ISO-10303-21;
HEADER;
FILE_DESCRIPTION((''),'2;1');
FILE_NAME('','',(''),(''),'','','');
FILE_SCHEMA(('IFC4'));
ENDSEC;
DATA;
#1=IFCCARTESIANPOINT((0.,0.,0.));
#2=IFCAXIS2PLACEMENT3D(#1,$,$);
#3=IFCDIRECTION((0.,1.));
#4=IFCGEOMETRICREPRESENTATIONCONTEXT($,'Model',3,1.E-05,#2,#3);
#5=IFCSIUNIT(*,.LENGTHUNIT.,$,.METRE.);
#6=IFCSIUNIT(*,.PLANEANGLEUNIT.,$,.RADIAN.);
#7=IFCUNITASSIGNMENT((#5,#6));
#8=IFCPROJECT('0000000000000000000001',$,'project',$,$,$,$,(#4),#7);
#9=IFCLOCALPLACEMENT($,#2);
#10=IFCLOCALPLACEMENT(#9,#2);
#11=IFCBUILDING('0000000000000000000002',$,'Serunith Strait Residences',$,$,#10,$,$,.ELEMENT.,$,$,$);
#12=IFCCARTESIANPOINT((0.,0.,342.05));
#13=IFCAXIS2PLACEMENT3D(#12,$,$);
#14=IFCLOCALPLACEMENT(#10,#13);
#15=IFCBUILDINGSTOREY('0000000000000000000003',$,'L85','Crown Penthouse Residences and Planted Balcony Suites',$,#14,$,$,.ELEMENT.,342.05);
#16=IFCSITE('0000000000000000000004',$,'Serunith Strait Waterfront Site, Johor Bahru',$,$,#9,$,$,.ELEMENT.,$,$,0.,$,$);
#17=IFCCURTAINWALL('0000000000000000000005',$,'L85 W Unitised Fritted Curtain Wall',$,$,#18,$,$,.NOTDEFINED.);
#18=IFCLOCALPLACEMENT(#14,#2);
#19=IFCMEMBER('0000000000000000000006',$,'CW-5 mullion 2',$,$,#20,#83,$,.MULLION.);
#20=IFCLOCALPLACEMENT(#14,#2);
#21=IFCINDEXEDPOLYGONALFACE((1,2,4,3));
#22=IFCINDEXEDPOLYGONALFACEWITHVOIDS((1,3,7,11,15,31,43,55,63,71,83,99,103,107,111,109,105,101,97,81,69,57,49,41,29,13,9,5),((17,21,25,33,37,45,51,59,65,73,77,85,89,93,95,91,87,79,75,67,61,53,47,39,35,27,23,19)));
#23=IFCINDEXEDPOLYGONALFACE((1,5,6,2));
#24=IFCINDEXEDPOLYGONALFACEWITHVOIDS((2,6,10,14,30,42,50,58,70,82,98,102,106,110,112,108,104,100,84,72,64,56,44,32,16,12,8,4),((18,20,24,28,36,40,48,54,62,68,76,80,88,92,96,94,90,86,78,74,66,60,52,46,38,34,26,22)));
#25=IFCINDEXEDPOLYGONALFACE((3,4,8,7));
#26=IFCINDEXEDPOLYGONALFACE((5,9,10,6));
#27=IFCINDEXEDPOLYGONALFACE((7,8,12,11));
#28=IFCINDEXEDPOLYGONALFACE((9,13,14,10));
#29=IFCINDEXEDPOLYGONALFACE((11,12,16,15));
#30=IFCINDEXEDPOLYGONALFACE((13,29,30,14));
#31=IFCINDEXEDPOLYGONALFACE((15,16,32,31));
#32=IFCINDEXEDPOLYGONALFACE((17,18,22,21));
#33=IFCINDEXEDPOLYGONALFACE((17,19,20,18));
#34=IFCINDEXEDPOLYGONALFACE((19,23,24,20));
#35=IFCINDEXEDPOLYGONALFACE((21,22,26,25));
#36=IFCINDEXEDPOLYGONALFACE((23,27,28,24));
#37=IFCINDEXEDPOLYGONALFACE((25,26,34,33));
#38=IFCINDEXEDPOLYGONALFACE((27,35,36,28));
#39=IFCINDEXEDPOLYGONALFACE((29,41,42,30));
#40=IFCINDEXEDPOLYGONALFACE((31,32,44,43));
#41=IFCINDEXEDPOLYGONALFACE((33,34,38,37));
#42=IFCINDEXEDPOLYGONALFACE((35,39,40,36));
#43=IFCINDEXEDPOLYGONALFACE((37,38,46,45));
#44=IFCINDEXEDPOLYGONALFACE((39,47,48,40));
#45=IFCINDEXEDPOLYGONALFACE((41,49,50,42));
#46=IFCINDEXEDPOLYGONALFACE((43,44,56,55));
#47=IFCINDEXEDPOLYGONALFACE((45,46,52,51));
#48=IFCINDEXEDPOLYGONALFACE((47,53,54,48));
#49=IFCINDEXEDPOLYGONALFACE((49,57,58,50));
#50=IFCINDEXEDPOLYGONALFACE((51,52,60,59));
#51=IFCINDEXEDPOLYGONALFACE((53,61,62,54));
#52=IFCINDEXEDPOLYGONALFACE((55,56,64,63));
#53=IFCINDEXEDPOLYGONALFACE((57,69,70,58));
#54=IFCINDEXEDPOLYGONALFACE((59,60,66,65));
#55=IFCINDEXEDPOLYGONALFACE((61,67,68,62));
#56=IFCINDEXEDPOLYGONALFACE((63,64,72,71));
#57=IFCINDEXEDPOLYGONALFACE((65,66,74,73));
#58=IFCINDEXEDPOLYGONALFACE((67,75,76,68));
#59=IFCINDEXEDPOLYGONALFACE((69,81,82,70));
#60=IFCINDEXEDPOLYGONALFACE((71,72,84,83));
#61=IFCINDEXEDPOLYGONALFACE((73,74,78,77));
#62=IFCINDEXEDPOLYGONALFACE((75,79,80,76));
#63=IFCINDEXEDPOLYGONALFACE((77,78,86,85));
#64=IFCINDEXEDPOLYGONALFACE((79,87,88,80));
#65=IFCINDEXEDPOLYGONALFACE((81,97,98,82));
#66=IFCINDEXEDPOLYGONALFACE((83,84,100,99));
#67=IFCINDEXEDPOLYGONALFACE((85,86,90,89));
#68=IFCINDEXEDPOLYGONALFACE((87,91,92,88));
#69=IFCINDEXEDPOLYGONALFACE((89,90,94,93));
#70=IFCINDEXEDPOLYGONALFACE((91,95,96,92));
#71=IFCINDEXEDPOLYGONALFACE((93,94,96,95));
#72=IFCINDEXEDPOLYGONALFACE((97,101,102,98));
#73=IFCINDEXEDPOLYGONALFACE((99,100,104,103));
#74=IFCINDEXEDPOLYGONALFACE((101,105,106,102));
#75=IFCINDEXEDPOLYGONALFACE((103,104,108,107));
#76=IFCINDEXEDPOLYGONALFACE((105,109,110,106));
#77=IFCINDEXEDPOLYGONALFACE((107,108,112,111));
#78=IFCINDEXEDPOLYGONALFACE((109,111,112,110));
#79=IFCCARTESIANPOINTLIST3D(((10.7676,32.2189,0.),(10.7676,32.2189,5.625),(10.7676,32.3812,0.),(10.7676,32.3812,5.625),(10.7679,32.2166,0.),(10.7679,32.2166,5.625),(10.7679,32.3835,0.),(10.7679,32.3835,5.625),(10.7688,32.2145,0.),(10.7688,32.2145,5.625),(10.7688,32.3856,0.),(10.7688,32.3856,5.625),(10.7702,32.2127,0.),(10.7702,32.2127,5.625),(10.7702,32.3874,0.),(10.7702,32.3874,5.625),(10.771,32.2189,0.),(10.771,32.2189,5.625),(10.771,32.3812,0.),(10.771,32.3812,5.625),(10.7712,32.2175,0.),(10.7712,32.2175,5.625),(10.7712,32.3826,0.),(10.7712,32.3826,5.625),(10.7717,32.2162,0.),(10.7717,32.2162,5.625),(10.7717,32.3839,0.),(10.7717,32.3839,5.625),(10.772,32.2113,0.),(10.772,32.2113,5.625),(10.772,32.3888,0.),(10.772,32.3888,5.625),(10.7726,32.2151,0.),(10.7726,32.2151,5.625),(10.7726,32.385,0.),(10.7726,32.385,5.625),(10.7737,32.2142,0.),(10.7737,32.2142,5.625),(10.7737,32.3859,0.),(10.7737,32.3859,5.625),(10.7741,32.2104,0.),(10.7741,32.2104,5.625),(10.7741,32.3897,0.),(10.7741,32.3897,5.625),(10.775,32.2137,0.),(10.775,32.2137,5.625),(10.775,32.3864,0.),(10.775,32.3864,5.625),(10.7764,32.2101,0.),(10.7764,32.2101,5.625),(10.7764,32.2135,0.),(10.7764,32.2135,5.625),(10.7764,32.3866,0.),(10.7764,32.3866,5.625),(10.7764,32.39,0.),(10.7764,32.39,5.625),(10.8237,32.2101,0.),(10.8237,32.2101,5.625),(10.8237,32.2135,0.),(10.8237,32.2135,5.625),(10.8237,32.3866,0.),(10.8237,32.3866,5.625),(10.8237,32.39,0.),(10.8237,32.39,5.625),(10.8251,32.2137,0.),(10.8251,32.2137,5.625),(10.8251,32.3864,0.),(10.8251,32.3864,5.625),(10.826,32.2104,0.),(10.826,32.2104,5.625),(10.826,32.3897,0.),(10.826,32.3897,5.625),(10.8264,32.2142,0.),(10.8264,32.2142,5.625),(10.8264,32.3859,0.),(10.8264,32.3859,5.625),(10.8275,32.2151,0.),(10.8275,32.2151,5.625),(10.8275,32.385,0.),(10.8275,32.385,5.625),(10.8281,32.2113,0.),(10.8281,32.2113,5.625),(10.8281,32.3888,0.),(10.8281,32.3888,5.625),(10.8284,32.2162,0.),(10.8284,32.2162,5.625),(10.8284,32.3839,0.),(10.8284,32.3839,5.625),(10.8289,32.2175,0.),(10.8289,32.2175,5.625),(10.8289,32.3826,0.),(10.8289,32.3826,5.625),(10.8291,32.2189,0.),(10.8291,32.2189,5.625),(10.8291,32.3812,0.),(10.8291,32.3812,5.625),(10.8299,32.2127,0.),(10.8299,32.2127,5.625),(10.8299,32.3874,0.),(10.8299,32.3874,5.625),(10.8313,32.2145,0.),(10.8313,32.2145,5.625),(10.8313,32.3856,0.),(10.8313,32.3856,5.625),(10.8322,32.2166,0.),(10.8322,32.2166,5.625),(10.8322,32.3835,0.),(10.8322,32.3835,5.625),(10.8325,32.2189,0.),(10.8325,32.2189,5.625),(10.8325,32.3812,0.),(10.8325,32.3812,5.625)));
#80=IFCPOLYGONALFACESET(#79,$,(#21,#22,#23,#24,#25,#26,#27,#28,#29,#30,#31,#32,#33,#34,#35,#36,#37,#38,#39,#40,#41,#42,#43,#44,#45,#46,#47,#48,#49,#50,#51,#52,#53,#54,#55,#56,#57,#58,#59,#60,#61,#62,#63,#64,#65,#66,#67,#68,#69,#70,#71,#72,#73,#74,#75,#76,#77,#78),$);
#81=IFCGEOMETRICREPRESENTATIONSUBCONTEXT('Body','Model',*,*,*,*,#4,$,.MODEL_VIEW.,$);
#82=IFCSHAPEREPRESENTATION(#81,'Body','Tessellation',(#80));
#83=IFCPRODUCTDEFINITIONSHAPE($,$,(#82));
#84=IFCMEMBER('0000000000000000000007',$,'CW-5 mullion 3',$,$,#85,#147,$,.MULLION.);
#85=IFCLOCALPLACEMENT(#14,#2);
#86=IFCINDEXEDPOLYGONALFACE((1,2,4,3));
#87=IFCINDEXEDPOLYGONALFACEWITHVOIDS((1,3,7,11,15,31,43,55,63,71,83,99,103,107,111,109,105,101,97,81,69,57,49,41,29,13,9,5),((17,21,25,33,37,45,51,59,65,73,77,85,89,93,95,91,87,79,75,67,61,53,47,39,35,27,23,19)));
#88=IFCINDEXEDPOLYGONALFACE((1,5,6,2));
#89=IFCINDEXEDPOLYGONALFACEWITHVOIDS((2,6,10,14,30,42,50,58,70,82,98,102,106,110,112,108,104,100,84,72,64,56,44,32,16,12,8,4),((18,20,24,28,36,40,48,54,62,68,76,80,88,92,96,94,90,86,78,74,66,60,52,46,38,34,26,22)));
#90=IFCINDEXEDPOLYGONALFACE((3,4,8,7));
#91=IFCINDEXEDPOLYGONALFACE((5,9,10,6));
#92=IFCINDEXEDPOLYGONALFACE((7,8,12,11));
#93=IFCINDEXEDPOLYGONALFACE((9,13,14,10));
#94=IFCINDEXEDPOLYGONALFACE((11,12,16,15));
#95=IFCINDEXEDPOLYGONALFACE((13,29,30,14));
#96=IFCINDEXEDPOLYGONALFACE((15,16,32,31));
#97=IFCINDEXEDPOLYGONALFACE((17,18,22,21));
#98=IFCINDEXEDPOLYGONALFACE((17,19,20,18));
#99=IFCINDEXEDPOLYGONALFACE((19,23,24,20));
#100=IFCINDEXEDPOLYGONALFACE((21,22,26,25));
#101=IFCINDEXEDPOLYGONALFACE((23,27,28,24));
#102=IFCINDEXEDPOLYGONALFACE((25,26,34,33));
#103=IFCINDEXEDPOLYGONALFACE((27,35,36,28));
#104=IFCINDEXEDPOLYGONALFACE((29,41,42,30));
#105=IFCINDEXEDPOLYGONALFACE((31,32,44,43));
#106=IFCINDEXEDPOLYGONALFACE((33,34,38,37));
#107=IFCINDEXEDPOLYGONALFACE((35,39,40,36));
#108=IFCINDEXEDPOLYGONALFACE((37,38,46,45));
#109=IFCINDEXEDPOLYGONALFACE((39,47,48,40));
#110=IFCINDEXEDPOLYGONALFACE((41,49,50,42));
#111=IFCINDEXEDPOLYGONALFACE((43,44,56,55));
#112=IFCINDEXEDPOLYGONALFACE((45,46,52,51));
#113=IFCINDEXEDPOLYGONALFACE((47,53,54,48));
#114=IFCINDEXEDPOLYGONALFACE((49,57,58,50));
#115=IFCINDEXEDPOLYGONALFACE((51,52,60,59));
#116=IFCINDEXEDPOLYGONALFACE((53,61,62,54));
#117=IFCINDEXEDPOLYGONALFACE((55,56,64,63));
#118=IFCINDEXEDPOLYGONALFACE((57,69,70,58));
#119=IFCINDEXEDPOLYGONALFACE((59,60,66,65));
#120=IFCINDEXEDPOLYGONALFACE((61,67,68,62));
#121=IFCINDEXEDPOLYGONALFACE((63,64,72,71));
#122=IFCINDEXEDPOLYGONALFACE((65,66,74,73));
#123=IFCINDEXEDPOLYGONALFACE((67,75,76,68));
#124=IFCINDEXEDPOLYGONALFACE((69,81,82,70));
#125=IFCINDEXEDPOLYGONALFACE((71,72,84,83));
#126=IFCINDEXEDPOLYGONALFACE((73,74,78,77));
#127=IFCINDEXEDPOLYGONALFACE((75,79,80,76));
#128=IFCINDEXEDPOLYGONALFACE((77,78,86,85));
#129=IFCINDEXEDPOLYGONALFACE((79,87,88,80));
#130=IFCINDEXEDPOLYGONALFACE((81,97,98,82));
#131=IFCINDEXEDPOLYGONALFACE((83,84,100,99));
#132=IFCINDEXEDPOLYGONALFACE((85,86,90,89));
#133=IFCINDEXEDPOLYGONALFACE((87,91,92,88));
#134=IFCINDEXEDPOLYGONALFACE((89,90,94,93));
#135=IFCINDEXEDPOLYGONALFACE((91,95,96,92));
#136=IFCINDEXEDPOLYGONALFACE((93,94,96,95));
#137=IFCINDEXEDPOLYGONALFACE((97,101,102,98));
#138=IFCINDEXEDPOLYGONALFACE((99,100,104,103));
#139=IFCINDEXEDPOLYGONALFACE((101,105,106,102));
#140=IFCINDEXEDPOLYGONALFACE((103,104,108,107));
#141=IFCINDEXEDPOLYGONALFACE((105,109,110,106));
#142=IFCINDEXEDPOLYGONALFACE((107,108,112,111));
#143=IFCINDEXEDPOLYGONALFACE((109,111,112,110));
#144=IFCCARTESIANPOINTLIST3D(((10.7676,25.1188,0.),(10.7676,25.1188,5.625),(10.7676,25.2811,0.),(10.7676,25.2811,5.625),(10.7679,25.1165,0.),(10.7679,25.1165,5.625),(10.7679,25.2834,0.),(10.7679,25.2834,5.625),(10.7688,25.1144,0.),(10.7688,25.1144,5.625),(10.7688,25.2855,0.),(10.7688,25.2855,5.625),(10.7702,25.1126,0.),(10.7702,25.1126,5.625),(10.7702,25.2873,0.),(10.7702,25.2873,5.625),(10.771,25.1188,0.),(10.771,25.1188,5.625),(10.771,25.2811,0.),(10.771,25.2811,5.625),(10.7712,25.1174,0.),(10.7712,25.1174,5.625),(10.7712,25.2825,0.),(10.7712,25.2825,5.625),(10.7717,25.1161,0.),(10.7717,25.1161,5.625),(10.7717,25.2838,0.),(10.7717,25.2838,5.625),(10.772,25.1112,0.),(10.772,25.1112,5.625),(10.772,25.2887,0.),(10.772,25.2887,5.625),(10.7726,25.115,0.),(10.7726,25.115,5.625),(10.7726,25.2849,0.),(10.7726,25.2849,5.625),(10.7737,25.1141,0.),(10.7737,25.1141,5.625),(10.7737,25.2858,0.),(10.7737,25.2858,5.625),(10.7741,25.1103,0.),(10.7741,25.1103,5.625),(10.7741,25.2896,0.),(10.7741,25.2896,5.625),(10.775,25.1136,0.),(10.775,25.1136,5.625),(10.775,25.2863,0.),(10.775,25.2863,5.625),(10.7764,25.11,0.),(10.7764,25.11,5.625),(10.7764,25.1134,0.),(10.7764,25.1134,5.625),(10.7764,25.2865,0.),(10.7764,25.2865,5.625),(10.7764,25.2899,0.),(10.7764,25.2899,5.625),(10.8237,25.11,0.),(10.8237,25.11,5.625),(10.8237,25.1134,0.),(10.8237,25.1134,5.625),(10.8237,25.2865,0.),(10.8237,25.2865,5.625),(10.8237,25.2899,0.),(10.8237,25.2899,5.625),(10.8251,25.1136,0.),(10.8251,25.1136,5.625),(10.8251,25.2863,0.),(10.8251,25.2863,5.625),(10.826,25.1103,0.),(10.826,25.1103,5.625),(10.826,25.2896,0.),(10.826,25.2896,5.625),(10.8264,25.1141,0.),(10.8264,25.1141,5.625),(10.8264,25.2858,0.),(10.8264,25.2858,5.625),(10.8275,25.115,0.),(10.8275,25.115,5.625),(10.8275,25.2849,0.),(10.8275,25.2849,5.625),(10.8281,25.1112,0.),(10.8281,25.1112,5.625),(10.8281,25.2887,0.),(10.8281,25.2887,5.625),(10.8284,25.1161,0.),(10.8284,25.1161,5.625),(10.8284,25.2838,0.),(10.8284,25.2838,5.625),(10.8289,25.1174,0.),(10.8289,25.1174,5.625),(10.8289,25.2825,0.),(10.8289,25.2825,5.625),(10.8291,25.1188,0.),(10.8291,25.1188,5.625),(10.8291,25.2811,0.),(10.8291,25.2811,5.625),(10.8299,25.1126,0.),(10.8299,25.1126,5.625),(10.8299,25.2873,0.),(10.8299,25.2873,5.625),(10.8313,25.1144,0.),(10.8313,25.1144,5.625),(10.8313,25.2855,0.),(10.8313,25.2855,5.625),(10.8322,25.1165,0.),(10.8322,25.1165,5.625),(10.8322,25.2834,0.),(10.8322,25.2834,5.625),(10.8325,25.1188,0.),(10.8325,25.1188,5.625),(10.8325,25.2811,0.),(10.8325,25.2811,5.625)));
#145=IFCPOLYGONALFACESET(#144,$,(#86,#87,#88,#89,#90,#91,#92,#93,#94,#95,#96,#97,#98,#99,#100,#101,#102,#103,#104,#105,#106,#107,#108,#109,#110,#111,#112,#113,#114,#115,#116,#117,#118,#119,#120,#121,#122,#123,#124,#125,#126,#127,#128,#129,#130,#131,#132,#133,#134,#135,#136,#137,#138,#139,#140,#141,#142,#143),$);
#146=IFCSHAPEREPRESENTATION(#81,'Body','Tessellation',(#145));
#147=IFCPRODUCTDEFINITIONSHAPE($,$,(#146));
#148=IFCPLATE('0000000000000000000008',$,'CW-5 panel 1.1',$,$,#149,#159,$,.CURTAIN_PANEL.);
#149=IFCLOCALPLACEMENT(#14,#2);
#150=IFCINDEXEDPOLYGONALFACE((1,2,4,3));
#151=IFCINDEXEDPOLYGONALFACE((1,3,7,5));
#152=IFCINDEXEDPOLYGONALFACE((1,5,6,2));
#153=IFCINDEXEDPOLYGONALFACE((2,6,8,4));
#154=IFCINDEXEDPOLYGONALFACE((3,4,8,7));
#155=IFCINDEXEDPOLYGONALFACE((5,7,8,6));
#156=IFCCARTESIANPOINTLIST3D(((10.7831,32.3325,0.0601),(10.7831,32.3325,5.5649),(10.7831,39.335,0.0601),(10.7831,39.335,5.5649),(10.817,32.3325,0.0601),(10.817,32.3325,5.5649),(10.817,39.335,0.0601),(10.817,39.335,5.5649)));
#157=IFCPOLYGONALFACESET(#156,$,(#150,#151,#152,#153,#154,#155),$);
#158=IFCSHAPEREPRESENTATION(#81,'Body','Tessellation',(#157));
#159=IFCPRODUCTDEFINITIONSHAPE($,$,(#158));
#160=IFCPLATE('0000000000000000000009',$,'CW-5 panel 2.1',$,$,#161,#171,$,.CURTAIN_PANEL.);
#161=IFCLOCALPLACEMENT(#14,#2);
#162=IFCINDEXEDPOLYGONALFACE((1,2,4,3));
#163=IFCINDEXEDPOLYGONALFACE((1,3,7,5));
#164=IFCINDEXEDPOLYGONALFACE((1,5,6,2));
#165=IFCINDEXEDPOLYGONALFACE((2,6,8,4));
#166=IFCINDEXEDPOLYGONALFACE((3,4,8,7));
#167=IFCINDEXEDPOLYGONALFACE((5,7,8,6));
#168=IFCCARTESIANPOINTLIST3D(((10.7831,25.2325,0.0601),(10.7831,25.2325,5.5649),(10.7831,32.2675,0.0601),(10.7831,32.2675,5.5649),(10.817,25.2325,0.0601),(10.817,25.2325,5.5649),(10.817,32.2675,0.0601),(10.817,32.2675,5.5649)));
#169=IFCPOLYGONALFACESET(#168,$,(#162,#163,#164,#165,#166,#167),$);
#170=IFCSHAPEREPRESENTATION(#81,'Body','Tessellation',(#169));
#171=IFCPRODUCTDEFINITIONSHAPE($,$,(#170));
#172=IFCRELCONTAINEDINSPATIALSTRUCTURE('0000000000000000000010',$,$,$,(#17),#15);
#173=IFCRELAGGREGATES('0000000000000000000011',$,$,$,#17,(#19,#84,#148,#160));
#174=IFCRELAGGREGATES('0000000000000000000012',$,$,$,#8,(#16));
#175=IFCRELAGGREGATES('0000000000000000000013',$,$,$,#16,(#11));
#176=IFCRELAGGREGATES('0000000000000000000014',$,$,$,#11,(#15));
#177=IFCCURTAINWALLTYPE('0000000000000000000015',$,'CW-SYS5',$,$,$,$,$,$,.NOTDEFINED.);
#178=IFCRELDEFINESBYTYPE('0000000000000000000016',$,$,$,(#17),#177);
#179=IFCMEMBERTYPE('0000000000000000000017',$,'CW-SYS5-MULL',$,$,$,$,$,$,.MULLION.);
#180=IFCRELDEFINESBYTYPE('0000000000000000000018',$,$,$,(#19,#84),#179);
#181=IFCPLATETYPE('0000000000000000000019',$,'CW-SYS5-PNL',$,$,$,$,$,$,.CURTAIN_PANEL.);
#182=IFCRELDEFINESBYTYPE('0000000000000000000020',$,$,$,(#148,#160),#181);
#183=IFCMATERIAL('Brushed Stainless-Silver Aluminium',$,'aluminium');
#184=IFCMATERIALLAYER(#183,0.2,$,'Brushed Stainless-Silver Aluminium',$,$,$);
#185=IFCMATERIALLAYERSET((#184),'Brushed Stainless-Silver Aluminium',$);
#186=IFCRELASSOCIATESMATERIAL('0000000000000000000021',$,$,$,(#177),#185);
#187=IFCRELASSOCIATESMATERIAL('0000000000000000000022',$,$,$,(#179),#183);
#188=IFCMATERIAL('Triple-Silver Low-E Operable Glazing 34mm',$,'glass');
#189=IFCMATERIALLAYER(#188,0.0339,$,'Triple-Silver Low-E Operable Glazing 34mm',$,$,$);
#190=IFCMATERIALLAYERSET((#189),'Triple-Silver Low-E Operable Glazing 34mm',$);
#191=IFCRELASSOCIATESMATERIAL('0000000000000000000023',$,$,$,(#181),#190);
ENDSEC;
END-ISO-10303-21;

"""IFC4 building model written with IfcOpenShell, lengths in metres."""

from ifc_helpers import new_model, si_unit, direction, frame, origin, origin_2d, place, context, subcontext, project, spatial, rectangle, hollow_rectangle, extrude, source, transform, mapped, material, layer, layer_set, material_profile, profile_set, type_object, element, aggregate, save


model = new_model("IFC4")

# Units and contexts
model_context = context("Model", 3, precision=1e-05, world=origin(), true_north=direction((0.0, 1.0)))
body_context = subcontext(model_context, "Body", "Model", "MODEL_VIEW")
ifc_project = project(units=[si_unit("LENGTHUNIT", "METRE"), si_unit("PLANEANGLEUNIT", "RADIAN")], contexts=[model_context])

# Site, building, storey
site_placement = place(None, origin())
site = spatial("IfcSite", under=ifc_project, at=site_placement, Name="Serunith Strait Waterfront Site, Johor Bahru", CompositionType="ELEMENT", RefElevation=0.0)
building_placement = place(site_placement, origin())
building = spatial("IfcBuilding", under=site, at=building_placement, Name="Serunith Strait Residences", CompositionType="ELEMENT")
storey_placement = place(building_placement, frame((0.0, 0.0, 342.05)))
storey = spatial("IfcBuildingStorey", under=building, at=storey_placement, Name="L85", Description="Crown Penthouse Residences and Planted Balcony Suites", CompositionType="ELEMENT", Elevation=342.05)

# Curtain wall, members, plates
ifc_material_1 = material(Name="Brushed Stainless-Silver Aluminium", Category="aluminium")
ifc_layer_1 = layer(ifc_material_1, 0.2, Name="Brushed Stainless-Silver Aluminium")
ifc_layer_set_1 = layer_set([ifc_layer_1], Name="Brushed Stainless-Silver Aluminium")
curtain_wall_type = type_object("IfcCurtainWallType", Name="CW-SYS5", PredefinedType="NOTDEFINED", material=ifc_layer_set_1)
curtain_wall_placement = place(storey_placement, origin())
curtain_wall = element("IfcCurtainWall", 1, at=curtain_wall_placement, inside=storey, type_object=curtain_wall_type, Name="L85 W Unitised Fritted Curtain Wall", PredefinedType="NOTDEFINED")
ifc_material_profile_1 = material_profile(ifc_material_1, hollow_rectangle(XDim=0.0649, YDim=0.1799, WallThickness=0.0034, InnerFilletRadius=0.0054, OuterFilletRadius=0.0088, at=origin_2d()), Name="ALU 180x65x3.5")
ifc_profile_set_1 = profile_set([ifc_material_profile_1], Name="Brushed Stainless-Silver Aluminium")
member_type_1 = type_object("IfcMemberType", Name="CW-SYS5-MULL", PredefinedType="MULLION", material=ifc_profile_set_1)
shared_shape_1 = source(origin(), body_context, "Body", "SweptSolid", [
    extrude(hollow_rectangle(XDim=0.0649, YDim=0.1799, WallThickness=0.0034, InnerFilletRadius=0.0054, OuterFilletRadius=0.0088, at=origin_2d()), origin(), (0.0, 0.0, 1.0), 5.625),
])
member_1_placement = place(storey_placement, frame((10.8, 32.3, 0.0), z_axis=(0.0, 0.0, 1.0), x_axis=(1.0, 0.0, 0.0)))
member_1 = element("IfcMember", 2, at=member_1_placement, type_object=member_type_1, Name="CW-5 mullion 2", PredefinedType="MULLION", context=body_context, shape_type="MappedRepresentation", body=[
    mapped(shared_shape_1, transform((0.0, 0.0, 0.0), scale=1.0)),
])
member_2_placement = place(storey_placement, frame((10.8, 25.2, 0.0), z_axis=(0.0, 0.0, 1.0), x_axis=(1.0, 0.0, 0.0)))
member_2 = element("IfcMember", 3, at=member_2_placement, type_object=member_type_1, Name="CW-5 mullion 3", PredefinedType="MULLION", context=body_context, shape_type="MappedRepresentation", body=[
    mapped(shared_shape_1, transform((0.0, 0.0, 0.0), scale=1.0)),
])
ifc_material_2 = material(Name="Triple-Silver Low-E Operable Glazing 34mm", Category="glass")
ifc_layer_2 = layer(ifc_material_2, 0.0339, Name="Triple-Silver Low-E Operable Glazing 34mm")
ifc_layer_set_2 = layer_set([ifc_layer_2], Name="Triple-Silver Low-E Operable Glazing 34mm")
plate_type = type_object("IfcPlateType", Name="CW-SYS5-PNL", PredefinedType="CURTAIN_PANEL", material=ifc_layer_set_2)
shared_shape_2 = source(origin(), body_context, "Body", "SweptSolid", [
    extrude(rectangle(XDim=7.0024, YDim=0.0339, at=origin_2d()), origin(), (0.0, 0.0, 1.0), 5.5049),
])
plate_1_placement = place(storey_placement, frame((10.8, 35.8337, 0.0601), z_axis=(0.0, 0.0, 1.0), x_axis=(0.0, -1.0, 0.0)))
plate_1 = element("IfcPlate", 4, at=plate_1_placement, type_object=plate_type, Name="CW-5 panel 1.1", PredefinedType="CURTAIN_PANEL", context=body_context, shape_type="MappedRepresentation", body=[
    mapped(shared_shape_2, transform((0.0, 0.0, 0.0), scale=1.0)),
])
shared_shape_3 = source(origin(), body_context, "Body", "SweptSolid", [
    extrude(rectangle(XDim=7.0349, YDim=0.0339, at=origin_2d()), origin(), (0.0, 0.0, 1.0), 5.5049),
])
plate_2_placement = place(storey_placement, frame((10.8, 28.75, 0.0601), z_axis=(0.0, 0.0, 1.0), x_axis=(0.0, -1.0, 0.0)))
plate_2 = element("IfcPlate", 5, at=plate_2_placement, type_object=plate_type, Name="CW-5 panel 2.1", PredefinedType="CURTAIN_PANEL", context=body_context, shape_type="MappedRepresentation", body=[
    mapped(shared_shape_3, transform((0.0, 0.0, 0.0), scale=1.0)),
])
aggregate(curtain_wall, [member_1, member_2, plate_1, plate_2])

save(model, "model.ifc")
